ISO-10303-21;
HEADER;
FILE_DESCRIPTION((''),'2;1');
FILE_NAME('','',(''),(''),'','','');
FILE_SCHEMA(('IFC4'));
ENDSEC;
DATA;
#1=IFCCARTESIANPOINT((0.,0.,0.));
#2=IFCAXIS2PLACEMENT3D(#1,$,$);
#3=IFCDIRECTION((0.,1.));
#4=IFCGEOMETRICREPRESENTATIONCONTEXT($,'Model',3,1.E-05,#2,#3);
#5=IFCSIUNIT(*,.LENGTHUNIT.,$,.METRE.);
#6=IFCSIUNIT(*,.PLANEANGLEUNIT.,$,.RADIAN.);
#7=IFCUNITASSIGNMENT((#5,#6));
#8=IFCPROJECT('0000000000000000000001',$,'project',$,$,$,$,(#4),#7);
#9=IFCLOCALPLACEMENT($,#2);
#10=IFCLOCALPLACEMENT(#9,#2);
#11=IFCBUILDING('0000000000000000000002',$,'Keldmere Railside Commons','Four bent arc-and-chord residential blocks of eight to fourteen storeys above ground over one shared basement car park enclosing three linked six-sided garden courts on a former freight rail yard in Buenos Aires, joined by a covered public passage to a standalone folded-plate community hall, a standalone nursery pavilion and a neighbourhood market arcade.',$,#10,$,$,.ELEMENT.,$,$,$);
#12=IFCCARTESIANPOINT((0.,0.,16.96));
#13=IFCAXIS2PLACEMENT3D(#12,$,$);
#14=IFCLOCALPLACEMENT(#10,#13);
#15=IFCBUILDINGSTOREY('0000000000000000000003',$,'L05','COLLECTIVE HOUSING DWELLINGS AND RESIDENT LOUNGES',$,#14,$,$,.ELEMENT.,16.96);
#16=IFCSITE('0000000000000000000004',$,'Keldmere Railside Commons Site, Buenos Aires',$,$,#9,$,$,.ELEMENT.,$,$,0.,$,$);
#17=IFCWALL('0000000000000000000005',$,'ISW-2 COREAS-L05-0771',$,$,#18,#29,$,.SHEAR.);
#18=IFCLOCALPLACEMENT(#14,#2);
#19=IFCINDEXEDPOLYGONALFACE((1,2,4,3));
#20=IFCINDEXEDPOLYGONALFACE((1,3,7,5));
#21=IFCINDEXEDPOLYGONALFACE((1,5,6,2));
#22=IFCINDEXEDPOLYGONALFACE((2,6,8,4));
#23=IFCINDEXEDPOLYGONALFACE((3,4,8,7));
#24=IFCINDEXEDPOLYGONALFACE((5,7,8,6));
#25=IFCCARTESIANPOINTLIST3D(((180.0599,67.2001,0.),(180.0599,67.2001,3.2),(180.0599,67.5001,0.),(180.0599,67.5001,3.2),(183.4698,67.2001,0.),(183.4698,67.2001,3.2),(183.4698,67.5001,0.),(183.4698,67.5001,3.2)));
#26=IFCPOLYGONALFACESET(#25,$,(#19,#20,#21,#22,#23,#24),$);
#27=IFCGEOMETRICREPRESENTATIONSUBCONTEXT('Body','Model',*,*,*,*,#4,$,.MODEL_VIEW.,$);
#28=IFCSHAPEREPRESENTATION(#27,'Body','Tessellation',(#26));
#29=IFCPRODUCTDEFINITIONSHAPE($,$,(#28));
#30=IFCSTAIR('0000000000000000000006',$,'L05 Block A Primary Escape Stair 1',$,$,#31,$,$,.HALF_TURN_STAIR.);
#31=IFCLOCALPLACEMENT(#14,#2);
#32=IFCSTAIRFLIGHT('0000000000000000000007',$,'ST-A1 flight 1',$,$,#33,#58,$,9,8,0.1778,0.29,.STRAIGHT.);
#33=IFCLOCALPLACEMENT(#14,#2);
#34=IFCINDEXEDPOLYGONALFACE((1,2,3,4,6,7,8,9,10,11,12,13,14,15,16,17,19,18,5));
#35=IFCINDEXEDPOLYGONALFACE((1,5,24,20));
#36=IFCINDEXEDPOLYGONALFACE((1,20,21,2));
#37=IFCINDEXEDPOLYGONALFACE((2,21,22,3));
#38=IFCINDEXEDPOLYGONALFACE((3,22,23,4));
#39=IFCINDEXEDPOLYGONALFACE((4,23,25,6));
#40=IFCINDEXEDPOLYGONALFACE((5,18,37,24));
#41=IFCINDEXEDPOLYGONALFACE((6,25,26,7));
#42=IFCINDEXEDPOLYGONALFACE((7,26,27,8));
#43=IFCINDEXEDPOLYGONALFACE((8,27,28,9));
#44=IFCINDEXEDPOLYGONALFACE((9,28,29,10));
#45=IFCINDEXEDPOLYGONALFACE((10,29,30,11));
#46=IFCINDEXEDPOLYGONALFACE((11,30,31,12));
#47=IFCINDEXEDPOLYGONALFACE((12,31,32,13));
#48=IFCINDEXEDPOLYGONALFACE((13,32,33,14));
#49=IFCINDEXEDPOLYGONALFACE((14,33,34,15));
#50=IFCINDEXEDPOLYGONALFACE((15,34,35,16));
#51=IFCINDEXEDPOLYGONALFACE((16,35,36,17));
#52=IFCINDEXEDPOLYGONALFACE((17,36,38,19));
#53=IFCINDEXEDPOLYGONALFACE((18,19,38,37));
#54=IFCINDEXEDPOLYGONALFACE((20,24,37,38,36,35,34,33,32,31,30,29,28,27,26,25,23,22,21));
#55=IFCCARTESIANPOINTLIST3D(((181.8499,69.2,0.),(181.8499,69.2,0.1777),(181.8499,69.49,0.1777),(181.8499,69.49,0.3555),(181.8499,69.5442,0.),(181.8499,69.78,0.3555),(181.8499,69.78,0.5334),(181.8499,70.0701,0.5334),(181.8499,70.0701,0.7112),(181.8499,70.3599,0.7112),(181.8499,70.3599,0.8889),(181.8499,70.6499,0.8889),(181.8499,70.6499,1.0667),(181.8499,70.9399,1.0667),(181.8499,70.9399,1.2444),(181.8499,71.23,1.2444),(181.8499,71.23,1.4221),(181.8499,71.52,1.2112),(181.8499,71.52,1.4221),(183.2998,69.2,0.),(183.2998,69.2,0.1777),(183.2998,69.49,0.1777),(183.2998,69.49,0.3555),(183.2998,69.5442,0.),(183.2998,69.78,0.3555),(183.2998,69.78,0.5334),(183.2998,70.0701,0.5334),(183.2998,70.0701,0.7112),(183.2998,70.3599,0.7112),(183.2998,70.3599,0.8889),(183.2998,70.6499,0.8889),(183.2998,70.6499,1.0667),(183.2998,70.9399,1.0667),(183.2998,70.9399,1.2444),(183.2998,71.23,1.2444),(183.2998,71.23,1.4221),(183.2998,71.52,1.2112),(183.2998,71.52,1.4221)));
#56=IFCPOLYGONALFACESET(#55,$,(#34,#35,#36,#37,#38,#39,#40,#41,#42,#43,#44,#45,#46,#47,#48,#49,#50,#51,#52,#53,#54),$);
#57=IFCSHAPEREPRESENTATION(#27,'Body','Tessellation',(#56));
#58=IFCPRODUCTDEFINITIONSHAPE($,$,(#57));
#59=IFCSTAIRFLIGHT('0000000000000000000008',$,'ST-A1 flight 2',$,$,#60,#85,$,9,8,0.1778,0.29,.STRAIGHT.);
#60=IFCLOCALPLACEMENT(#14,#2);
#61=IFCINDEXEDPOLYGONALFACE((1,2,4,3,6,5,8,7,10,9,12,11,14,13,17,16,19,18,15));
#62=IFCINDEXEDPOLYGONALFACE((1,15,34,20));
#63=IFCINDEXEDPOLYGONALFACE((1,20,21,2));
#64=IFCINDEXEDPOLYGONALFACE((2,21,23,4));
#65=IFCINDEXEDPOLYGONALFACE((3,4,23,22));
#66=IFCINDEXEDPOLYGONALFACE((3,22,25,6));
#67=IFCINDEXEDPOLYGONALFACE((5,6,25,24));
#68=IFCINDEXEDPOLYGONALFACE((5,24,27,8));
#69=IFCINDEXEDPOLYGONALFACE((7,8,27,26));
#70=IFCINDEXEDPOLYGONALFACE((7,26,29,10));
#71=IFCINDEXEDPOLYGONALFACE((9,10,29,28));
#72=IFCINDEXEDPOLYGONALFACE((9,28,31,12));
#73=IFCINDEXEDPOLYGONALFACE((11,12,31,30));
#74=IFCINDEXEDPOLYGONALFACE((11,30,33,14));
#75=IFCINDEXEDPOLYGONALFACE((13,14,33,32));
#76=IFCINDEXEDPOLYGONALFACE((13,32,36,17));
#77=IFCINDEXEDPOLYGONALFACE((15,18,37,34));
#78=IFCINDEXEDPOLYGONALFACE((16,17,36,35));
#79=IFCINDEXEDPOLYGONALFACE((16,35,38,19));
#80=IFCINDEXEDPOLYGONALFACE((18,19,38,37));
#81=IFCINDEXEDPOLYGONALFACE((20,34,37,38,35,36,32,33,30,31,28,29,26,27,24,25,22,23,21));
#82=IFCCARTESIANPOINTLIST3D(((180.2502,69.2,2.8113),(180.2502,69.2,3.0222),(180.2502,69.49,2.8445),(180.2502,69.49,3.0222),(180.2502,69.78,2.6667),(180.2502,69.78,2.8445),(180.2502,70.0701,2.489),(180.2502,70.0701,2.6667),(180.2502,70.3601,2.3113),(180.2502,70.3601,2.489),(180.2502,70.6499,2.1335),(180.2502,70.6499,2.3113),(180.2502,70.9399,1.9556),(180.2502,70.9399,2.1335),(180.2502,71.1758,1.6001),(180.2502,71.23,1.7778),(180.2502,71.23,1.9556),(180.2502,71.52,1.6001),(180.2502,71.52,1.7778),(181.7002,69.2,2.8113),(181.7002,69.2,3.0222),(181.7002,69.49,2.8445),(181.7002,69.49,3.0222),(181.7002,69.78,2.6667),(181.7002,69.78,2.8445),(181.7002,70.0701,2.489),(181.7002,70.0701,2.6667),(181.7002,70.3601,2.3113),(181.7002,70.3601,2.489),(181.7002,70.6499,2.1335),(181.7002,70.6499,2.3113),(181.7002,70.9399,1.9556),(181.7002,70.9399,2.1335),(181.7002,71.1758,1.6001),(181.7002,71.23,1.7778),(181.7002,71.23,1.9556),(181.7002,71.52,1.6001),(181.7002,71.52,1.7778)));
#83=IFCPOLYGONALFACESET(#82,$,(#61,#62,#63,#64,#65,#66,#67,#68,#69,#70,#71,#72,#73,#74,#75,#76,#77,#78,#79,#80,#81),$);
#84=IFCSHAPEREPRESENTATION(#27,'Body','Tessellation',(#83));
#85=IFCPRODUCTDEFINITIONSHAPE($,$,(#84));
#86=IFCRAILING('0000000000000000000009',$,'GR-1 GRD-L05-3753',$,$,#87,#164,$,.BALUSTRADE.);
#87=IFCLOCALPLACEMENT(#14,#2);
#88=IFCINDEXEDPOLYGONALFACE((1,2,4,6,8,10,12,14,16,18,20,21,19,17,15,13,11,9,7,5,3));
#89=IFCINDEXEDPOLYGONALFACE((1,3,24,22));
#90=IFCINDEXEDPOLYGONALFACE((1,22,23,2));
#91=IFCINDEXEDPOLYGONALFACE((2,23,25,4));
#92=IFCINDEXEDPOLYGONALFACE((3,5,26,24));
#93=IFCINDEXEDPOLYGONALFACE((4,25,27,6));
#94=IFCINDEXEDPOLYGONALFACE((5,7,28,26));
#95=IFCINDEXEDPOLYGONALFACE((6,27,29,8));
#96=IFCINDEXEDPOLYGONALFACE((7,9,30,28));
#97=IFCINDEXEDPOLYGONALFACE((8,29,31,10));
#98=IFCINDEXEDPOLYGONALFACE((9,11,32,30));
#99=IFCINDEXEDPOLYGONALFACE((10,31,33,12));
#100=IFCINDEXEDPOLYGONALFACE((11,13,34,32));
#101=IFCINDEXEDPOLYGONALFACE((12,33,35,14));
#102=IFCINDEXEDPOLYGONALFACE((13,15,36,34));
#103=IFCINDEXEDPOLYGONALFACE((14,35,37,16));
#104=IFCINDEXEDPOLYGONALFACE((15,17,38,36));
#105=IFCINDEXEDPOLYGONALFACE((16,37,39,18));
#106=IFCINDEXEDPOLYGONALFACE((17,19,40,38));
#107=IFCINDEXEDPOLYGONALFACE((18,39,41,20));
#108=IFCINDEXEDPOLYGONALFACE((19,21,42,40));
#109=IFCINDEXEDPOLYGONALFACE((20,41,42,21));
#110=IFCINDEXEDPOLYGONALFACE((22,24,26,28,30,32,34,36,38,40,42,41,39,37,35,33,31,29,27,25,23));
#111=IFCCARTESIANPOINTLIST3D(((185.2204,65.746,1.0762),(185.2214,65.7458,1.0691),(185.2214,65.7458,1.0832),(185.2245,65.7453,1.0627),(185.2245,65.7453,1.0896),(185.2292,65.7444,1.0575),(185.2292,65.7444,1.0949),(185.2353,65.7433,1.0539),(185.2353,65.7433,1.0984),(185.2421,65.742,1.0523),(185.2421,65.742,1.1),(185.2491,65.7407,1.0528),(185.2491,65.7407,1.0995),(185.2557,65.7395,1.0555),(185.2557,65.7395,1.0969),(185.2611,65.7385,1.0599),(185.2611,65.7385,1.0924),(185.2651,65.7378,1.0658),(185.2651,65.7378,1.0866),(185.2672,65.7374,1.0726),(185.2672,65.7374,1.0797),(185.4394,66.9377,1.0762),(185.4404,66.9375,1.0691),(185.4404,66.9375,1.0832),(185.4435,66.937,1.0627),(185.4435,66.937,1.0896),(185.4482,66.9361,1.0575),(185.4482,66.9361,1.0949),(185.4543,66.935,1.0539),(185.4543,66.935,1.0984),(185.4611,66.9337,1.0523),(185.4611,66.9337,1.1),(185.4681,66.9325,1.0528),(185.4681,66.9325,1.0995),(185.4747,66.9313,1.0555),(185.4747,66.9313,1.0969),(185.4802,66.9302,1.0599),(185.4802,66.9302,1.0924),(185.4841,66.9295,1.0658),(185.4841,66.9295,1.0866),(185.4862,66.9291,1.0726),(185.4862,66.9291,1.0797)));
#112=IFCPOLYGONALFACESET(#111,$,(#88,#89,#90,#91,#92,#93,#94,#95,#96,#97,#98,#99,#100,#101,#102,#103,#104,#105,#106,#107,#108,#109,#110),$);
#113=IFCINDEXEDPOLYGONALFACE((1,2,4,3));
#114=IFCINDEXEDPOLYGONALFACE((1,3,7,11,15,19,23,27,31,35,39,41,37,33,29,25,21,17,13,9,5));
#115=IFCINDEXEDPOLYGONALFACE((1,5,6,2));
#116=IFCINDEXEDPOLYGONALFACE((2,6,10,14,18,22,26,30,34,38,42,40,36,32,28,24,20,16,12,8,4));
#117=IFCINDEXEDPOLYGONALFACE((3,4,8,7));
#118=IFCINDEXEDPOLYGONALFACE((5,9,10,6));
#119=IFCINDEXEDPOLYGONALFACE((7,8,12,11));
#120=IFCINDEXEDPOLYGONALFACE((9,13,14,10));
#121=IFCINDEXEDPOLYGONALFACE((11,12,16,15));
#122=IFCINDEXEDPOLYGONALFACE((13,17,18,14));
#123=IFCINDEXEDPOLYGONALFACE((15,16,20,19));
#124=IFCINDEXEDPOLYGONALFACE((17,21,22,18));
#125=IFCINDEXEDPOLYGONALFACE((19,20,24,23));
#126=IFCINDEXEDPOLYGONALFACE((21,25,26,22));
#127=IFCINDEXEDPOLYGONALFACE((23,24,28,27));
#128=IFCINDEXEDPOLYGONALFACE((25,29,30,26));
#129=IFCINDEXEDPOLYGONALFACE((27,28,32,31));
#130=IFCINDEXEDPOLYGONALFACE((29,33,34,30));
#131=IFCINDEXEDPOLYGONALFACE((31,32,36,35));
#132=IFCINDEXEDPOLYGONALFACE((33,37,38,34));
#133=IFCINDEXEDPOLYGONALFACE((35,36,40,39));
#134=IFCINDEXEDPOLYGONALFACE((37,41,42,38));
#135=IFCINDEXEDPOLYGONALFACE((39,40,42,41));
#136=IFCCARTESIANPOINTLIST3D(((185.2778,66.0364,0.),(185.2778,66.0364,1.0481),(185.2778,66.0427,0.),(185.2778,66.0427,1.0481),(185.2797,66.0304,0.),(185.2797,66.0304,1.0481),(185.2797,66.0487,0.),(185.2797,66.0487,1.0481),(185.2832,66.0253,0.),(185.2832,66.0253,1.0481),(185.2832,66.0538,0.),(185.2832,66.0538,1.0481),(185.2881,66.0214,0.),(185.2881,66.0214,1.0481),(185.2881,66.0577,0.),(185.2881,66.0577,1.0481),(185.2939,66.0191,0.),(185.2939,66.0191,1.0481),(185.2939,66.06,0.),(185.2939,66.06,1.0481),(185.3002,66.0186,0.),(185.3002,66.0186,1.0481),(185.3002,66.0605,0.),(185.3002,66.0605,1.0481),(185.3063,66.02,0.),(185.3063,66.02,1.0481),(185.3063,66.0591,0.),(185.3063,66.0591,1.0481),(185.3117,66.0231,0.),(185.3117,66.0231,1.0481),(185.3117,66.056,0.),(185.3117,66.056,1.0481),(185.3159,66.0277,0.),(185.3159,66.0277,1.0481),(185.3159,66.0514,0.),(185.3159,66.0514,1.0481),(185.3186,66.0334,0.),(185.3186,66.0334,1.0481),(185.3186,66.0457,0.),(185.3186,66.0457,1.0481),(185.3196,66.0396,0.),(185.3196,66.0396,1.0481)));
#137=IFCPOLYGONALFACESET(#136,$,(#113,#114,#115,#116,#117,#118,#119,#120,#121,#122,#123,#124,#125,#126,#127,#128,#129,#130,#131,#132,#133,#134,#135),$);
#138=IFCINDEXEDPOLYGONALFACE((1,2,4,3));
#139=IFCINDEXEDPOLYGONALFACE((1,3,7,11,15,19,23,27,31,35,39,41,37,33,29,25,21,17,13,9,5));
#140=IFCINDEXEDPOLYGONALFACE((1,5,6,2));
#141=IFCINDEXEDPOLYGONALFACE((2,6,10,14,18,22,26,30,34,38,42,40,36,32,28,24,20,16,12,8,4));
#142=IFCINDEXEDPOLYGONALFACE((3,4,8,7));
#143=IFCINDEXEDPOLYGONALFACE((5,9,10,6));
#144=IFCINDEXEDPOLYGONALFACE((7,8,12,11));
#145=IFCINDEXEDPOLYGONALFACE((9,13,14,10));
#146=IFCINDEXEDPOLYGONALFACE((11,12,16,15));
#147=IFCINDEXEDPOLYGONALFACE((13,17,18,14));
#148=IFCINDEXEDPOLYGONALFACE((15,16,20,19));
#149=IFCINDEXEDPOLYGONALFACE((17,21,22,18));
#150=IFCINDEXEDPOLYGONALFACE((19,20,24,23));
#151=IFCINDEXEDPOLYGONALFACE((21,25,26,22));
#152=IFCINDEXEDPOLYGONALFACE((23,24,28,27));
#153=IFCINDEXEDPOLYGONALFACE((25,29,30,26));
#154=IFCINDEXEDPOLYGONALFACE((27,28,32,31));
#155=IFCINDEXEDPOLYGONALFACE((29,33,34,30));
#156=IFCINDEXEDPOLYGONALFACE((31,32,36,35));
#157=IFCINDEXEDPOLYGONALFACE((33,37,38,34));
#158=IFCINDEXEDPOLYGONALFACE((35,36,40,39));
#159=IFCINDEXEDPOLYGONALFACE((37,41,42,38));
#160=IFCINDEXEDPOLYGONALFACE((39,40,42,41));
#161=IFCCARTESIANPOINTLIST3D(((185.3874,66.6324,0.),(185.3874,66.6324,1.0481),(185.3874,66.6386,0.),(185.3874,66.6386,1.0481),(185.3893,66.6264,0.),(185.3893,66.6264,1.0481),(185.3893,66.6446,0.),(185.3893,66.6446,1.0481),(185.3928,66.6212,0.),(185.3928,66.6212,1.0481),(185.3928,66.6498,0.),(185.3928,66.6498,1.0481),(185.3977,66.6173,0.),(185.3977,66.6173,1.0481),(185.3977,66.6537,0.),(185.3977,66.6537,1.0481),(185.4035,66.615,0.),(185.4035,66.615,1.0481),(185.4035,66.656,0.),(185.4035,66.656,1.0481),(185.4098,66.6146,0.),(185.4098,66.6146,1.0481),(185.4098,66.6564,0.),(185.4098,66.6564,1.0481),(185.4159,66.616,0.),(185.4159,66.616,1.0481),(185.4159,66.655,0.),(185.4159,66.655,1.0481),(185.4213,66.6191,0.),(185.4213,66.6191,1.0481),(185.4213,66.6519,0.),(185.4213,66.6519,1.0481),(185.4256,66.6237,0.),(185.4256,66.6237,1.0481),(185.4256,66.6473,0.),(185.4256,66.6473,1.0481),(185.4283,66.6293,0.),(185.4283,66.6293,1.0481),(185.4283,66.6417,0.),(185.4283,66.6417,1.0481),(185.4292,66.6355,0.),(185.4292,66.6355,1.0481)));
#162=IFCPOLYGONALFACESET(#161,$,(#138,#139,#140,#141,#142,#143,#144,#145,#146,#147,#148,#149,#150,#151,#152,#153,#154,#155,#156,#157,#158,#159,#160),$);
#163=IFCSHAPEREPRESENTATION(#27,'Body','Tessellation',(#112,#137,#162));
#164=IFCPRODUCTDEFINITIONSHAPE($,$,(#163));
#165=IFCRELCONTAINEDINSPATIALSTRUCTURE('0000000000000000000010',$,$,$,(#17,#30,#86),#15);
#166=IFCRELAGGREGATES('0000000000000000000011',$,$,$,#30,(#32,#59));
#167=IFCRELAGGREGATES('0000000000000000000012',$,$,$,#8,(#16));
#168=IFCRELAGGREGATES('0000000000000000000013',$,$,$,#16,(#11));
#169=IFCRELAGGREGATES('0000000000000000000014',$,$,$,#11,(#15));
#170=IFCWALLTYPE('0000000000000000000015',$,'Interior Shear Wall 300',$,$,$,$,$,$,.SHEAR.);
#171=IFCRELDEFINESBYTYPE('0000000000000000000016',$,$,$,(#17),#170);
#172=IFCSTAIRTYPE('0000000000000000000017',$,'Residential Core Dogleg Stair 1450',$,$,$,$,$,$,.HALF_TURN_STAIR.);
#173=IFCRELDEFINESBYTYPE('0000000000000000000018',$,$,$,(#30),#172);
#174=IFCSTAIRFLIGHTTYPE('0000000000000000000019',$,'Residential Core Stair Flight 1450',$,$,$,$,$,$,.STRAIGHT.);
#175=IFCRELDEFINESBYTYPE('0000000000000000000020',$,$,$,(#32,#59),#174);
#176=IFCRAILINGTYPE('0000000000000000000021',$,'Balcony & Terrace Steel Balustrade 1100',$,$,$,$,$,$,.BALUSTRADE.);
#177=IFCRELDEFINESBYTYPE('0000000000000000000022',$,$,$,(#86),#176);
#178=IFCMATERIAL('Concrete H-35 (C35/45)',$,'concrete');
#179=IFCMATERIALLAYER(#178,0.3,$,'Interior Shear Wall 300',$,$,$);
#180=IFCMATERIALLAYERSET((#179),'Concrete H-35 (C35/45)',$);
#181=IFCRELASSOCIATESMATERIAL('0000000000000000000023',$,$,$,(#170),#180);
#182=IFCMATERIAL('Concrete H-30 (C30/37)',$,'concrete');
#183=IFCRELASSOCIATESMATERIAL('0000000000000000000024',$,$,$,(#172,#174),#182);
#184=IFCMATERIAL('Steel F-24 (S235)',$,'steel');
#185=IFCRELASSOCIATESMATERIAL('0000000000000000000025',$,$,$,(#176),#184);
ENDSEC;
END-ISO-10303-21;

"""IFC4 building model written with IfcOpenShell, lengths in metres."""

from ifc_helpers import new_model, si_unit, direction, frame, frame_2d, origin, origin_2d, place, context, subcontext, project, spatial, polyline, rectangle, circle, outline, extrude, material, layer, layer_set, type_object, element, aggregate, save


model = new_model("IFC4")

# Units and contexts
model_context = context("Model", 3, precision=1e-05, world=origin(), true_north=direction((0.0, 1.0)))
body_context = subcontext(model_context, "Body", "Model", "MODEL_VIEW")
ifc_project = project(units=[si_unit("LENGTHUNIT", "METRE"), si_unit("PLANEANGLEUNIT", "RADIAN")], contexts=[model_context])

# Site, building, storey
site_placement = place(None, origin())
site = spatial("IfcSite", under=ifc_project, at=site_placement, Name="Keldmere Railside Commons Site, Buenos Aires", CompositionType="ELEMENT", RefElevation=0.0)
building_placement = place(site_placement, origin())
building = spatial("IfcBuilding", under=site, at=building_placement, Name="Keldmere Railside Commons", Description="Four bent arc-and-chord residential blocks of eight to fourteen storeys above ground over one shared basement car park enclosing three linked six-sided garden courts on a former freight rail yard in Buenos Aires, joined by a covered public passage to a standalone folded-plate community hall, a standalone nursery pavilion and a neighbourhood market arcade.", CompositionType="ELEMENT")
storey_placement = place(building_placement, frame((0.0, 0.0, 16.96)))
storey = spatial("IfcBuildingStorey", under=building, at=storey_placement, Name="L05", Description="COLLECTIVE HOUSING DWELLINGS AND RESIDENT LOUNGES", CompositionType="ELEMENT", Elevation=16.96)

# Shared definitions
ifc_material_1 = material(Name="Concrete H-35 (C35/45)", Category="concrete")
ifc_material_2 = material(Name="Steel F-24 (S235)", Category="steel")

# Wall
ifc_layer_1 = layer(ifc_material_1, 0.3, Name="Interior Shear Wall 300")
ifc_layer_set_1 = layer_set([ifc_layer_1], Name="Concrete H-35 (C35/45)")
wall_type_1 = type_object("IfcWallType", Name="Interior Shear Wall 300", PredefinedType="SHEAR", material=ifc_layer_set_1)
wall_1_placement = place(storey_placement, frame((183.47, 67.3501, 0.0), z_axis=(0.0, 0.0, 1.0), x_axis=(-1.0, 0.0, 0.0)))
element("IfcWall", 1, at=wall_1_placement, inside=storey, type_object=wall_type_1, Name="ISW-2 COREAS-L05-0771", PredefinedType="SHEAR", context=body_context, shape_type="SweptSolid", body=[
    extrude(rectangle(XDim=3.4099, YDim=0.3, at=frame_2d((1.7051, 0.0))), origin(), (0.0, 0.0, 1.0), 3.2),
])

# Stair, stair flights
ifc_material_3 = material(Name="Concrete H-30 (C30/37)", Category="concrete")
stair_type = type_object("IfcStairType", Name="Residential Core Dogleg Stair 1450", PredefinedType="HALF_TURN_STAIR", material=ifc_material_3)
stair_placement = place(storey_placement, origin())
stair = element("IfcStair", 2, at=stair_placement, inside=storey, type_object=stair_type, Name="L05 Block A Primary Escape Stair 1", PredefinedType="HALF_TURN_STAIR")
stair_flight_type = type_object("IfcStairFlightType", Name="Residential Core Stair Flight 1450", PredefinedType="STRAIGHT", material=ifc_material_3)
stair_flight_1_placement = place(storey_placement, frame((182.575, 69.2, 0.0), z_axis=(0.0, 0.0, 1.0), x_axis=(0.0, 1.0, 0.0)))
stair_flight_1 = element("IfcStairFlight", 3, at=stair_flight_1_placement, type_object=stair_flight_type, Name="ST-A1 flight 1", NumberOfRisers=9, NumberOfTreads=8, PredefinedType="STRAIGHT", RiserHeight=0.1778, TreadLength=0.29, context=body_context, shape_type="SweptSolid", body=[
    extrude(outline(polyline([(0.0, 0.0), (0.0, 0.1777), (0.29, 0.1777), (0.29, 0.3555), (0.5801, 0.3555), (0.5801, 0.5334), (0.8701, 0.5334), (0.8701, 0.7112), (1.1599, 0.7112), (1.1599, 0.8889), (1.45, 0.8889), (1.45, 1.0667), (1.74, 1.0667), (1.74, 1.2444), (2.03, 1.2444), (2.03, 1.4221), (2.3201, 1.4221), (2.3201, 1.6001), (2.3201, 1.2112), (0.3442, 0.0), (0.0, 0.0)])), frame((0.0, 0.7251, 0.0), z_axis=(0.0, -1.0, 0.0), x_axis=(1.0, 0.0, 0.0)), (0.0, 0.0, 1.0), 1.45),
])
stair_flight_2_placement = place(storey_placement, frame((180.9751, 71.52, 1.6001), z_axis=(0.0, 0.0, 1.0), x_axis=(0.0, -1.0, 0.0)))
stair_flight_2 = element("IfcStairFlight", 4, at=stair_flight_2_placement, type_object=stair_flight_type, Name="ST-A1 flight 2", NumberOfRisers=9, NumberOfTreads=8, PredefinedType="STRAIGHT", RiserHeight=0.1778, TreadLength=0.29, context=body_context, shape_type="SweptSolid", body=[
    extrude(outline(polyline([(0.0, 0.0), (0.0, 0.1777), (0.29, 0.1777), (0.29, 0.3555), (0.5801, 0.3555), (0.5801, 0.5334), (0.8701, 0.5334), (0.8701, 0.7112), (1.1599, 0.7112), (1.1599, 0.8889), (1.45, 0.8889), (1.45, 1.0667), (1.74, 1.0667), (1.74, 1.2444), (2.03, 1.2444), (2.03, 1.4221), (2.3201, 1.4221), (2.3201, 1.6001), (2.3201, 1.2112), (0.3442, 0.0), (0.0, 0.0)])), frame((0.0, 0.7251, 0.0), z_axis=(0.0, -1.0, 0.0), x_axis=(1.0, 0.0, 0.0)), (0.0, 0.0, 1.0), 1.45),
])
aggregate(stair, [stair_flight_1, stair_flight_2])

# Railing
railing_type_1 = type_object("IfcRailingType", Name="Balcony & Terrace Steel Balustrade 1100", PredefinedType="BALUSTRADE", material=ifc_material_2)
railing_1_placement = place(storey_placement, frame((185.2439, 65.7417, 0.0)))
element("IfcRailing", 5, at=railing_1_placement, inside=storey, type_object=railing_type_1, Name="GR-1 GRD-L05-3753", PredefinedType="BALUSTRADE", context=body_context, shape_type="SweptSolid", body=[
    extrude(circle(Radius=0.0239, at=origin_2d()), frame((0.0, 0.0, 1.0762), z_axis=(0.180747, 0.98353, 0.0), x_axis=(-0.98353, 0.180747, 0.0)), (0.0, 0.0, 1.0), 1.2117),
    extrude(circle(Radius=0.021, at=origin_2d()), frame((0.0547, 0.2979, 0.0)), (0.0, 0.0, 1.0), 1.0481),
    extrude(circle(Radius=0.021, at=origin_2d()), frame((0.1643, 0.8938, 0.0)), (0.0, 0.0, 1.0), 1.0481),
])

save(model, "model.ifc")
